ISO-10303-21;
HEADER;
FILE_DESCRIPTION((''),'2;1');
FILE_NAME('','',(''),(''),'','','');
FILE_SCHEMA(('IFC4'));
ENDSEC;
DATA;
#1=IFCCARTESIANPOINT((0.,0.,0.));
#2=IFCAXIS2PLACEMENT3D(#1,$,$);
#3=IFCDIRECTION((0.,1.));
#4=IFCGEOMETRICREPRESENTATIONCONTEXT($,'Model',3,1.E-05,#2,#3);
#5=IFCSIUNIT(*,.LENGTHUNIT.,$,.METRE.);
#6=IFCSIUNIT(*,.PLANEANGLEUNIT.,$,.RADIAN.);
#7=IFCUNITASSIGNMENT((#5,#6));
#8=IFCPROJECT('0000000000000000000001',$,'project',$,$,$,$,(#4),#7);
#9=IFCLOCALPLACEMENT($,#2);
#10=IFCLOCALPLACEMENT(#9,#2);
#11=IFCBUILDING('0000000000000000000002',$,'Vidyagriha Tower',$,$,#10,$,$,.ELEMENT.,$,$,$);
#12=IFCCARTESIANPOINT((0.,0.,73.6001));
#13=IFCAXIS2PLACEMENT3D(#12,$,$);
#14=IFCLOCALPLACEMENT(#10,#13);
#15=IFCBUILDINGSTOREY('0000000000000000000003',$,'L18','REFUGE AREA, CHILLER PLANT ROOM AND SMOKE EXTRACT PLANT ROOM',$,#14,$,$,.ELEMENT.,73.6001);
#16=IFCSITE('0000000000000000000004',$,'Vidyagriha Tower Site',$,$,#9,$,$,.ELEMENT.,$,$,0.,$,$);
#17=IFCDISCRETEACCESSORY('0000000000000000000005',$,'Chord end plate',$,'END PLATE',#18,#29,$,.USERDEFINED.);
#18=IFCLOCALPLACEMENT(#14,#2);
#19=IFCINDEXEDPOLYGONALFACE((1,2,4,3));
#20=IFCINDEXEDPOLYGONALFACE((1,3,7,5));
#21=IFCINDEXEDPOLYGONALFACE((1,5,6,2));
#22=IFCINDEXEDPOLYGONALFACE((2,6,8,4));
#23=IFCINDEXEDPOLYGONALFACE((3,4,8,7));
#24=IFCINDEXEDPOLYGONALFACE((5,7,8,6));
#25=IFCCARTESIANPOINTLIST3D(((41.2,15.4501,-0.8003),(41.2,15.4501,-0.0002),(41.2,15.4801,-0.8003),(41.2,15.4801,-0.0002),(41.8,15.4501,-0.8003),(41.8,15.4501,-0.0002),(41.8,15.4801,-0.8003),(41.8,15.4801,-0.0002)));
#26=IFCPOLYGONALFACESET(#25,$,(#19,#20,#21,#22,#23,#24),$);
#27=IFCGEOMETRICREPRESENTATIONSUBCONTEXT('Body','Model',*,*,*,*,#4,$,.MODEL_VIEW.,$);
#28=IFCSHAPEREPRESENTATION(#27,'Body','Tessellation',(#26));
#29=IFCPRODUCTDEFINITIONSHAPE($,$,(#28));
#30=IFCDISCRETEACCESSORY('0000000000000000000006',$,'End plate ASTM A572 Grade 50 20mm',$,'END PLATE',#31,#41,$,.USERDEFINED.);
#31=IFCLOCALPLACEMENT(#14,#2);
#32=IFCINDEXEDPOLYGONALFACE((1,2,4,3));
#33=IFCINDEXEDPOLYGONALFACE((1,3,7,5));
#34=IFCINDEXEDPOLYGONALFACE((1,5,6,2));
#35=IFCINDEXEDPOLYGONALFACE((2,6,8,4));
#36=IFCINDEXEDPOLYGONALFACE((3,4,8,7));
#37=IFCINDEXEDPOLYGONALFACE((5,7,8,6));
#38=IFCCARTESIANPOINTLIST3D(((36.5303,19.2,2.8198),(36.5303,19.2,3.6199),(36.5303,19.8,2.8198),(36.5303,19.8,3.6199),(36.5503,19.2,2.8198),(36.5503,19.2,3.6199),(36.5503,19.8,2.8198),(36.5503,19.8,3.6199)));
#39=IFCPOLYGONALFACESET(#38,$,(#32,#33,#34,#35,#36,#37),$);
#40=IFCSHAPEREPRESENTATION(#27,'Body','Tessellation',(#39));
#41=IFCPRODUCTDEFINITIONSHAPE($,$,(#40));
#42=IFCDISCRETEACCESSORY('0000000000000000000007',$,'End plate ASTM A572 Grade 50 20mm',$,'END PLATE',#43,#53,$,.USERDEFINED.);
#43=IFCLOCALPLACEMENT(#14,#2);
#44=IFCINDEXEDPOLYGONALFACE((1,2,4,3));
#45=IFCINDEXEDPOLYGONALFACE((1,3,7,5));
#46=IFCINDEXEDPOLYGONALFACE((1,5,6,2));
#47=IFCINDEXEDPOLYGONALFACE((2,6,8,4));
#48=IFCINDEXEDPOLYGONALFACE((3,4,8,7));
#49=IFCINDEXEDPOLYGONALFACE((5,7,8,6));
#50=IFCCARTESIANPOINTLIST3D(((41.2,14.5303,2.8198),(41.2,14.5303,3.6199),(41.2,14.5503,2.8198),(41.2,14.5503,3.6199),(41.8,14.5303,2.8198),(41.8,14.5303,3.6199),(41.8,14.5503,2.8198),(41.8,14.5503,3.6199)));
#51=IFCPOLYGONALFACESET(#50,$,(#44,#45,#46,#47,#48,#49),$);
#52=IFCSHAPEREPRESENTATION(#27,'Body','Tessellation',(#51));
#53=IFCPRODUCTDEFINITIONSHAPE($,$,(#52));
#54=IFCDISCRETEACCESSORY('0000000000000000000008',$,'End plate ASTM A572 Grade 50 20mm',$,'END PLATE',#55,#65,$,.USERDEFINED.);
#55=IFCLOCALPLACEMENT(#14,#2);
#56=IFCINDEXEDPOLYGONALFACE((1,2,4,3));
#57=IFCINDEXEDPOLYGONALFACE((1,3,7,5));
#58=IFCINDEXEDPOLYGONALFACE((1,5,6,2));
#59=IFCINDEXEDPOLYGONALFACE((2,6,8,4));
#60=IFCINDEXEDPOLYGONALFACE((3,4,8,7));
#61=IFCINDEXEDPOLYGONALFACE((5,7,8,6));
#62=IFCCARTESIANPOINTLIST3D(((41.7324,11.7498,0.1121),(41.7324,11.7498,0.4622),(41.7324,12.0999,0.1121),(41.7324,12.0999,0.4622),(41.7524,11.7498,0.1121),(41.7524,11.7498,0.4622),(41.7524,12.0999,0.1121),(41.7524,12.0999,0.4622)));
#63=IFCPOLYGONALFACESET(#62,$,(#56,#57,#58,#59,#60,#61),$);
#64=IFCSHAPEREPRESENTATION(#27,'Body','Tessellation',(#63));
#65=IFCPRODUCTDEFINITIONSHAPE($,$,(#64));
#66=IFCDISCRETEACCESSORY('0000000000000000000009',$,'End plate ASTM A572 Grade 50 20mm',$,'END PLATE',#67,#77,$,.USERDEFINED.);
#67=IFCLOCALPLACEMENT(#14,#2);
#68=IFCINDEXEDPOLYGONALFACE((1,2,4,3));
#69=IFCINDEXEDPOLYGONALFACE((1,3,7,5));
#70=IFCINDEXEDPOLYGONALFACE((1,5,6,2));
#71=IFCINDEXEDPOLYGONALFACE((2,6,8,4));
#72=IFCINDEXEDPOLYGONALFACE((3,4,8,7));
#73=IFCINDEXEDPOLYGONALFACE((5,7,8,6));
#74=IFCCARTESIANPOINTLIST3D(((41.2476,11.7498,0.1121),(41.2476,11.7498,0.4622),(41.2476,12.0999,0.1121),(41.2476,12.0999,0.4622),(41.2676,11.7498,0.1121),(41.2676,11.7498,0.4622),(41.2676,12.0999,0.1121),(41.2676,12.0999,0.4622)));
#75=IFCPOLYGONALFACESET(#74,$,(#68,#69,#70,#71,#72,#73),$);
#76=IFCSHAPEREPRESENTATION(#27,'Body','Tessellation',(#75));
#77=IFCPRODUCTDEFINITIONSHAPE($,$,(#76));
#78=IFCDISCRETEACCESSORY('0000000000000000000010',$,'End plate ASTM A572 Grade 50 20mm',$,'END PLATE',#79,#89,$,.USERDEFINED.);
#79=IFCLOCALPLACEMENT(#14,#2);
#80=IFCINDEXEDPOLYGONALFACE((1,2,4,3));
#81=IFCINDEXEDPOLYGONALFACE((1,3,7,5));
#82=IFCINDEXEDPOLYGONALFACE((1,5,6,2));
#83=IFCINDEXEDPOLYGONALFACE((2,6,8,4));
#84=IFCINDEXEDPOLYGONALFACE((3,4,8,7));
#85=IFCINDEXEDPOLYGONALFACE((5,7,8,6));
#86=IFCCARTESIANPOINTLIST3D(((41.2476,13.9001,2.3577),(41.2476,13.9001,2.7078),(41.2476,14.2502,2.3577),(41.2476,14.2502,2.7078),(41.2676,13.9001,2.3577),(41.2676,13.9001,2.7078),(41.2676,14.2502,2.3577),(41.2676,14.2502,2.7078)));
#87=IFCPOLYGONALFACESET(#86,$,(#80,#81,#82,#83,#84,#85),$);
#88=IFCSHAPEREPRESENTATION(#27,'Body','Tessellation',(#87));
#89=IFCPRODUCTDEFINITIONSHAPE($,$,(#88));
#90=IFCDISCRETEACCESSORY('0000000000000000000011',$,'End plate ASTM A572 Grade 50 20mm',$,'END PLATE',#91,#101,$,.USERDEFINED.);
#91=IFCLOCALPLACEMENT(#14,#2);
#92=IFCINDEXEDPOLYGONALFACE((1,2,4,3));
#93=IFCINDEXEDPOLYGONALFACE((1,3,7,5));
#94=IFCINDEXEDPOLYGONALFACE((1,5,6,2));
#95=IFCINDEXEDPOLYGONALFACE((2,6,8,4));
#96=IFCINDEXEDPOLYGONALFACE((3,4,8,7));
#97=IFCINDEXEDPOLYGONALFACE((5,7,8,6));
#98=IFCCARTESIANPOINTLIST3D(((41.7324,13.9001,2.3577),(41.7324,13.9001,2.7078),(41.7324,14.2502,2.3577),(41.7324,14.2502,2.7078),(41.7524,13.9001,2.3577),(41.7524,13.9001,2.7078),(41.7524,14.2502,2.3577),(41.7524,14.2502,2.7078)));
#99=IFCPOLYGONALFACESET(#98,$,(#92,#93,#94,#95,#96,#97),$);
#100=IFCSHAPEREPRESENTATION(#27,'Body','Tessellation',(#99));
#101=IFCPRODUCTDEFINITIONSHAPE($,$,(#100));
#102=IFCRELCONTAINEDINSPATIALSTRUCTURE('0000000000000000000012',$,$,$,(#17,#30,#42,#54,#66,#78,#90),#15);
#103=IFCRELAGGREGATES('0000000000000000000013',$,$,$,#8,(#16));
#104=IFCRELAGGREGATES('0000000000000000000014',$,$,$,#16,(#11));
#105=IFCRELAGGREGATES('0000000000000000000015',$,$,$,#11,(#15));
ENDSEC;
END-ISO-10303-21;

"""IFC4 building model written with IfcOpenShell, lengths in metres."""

from ifc_helpers import new_model, si_unit, direction, frame, origin, origin_2d, place, context, subcontext, project, spatial, rectangle, extrude, element, save


model = new_model("IFC4")

# Units and contexts
model_context = context("Model", 3, precision=1e-05, world=origin(), true_north=direction((0.0, 1.0)))
body_context = subcontext(model_context, "Body", "Model", "MODEL_VIEW")
ifc_project = project(units=[si_unit("LENGTHUNIT", "METRE"), si_unit("PLANEANGLEUNIT", "RADIAN")], contexts=[model_context])

# Site, building, storey
site_placement = place(None, origin())
site = spatial("IfcSite", under=ifc_project, at=site_placement, Name="Vidyagriha Tower Site", CompositionType="ELEMENT", RefElevation=0.0)
building_placement = place(site_placement, origin())
building = spatial("IfcBuilding", under=site, at=building_placement, Name="Vidyagriha Tower", CompositionType="ELEMENT")
storey_placement = place(building_placement, frame((0.0, 0.0, 73.6001)))
storey = spatial("IfcBuildingStorey", under=building, at=storey_placement, Name="L18", Description="REFUGE AREA, CHILLER PLANT ROOM AND SMOKE EXTRACT PLANT ROOM", CompositionType="ELEMENT", Elevation=73.6001)

# Discrete accessories
discrete_accessory_1_placement = place(storey_placement, frame((41.5, 15.4651, -0.8003), z_axis=(0.0, 0.0, 1.0), x_axis=(0.0, 1.0, 0.0)))
element("IfcDiscreteAccessory", 1, at=discrete_accessory_1_placement, inside=storey, Name="Chord end plate", ObjectType="END PLATE", PredefinedType="USERDEFINED", context=body_context, shape_type="SweptSolid", body=[
    extrude(rectangle(XDim=0.03, YDim=0.6001, at=origin_2d()), origin(), (0.0, 0.0, 1.0), 0.8),
])
discrete_accessory_2_placement = place(storey_placement, frame((36.5403, 19.5, 2.8198)))
element("IfcDiscreteAccessory", 2, at=discrete_accessory_2_placement, inside=storey, Name="End plate ASTM A572 Grade 50 20mm", ObjectType="END PLATE", PredefinedType="USERDEFINED", context=body_context, shape_type="SweptSolid", body=[
    extrude(rectangle(XDim=0.02, YDim=0.6001, at=origin_2d()), origin(), (0.0, 0.0, 1.0), 0.8),
])
discrete_accessory_3_placement = place(storey_placement, frame((41.5, 14.5403, 2.8198), z_axis=(0.0, 0.0, 1.0), x_axis=(0.0, 1.0, 0.0)))
element("IfcDiscreteAccessory", 3, at=discrete_accessory_3_placement, inside=storey, Name="End plate ASTM A572 Grade 50 20mm", ObjectType="END PLATE", PredefinedType="USERDEFINED", context=body_context, shape_type="SweptSolid", body=[
    extrude(rectangle(XDim=0.02, YDim=0.6001, at=origin_2d()), origin(), (0.0, 0.0, 1.0), 0.8),
])
for number, where, z_axis, x_axis, name in (
    (4, (41.7424, 11.9248, 0.1121), (0.0, 0.0, 1.0), (0.0, -1.0, 0.0), "End plate ASTM A572 Grade 50 20mm"),
    (5, (41.2576, 11.9248, 0.1121), (0.0, 0.0, 1.0), (0.0, -1.0, 0.0), "End plate ASTM A572 Grade 50 20mm"),
    (6, (41.2576, 14.0752, 2.3577), (0.0, 0.0, 1.0), (0.0, 1.0, 0.0), "End plate ASTM A572 Grade 50 20mm"),
    (7, (41.7424, 14.0752, 2.3577), (0.0, 0.0, 1.0), (0.0, 1.0, 0.0), "End plate ASTM A572 Grade 50 20mm"),
):
    element("IfcDiscreteAccessory", number, at=place(storey_placement, frame(where, z_axis=z_axis, x_axis=x_axis)), inside=storey, Name=name, ObjectType="END PLATE", PredefinedType="USERDEFINED", context=body_context, shape_type="SweptSolid", body=[
        extrude(rectangle(XDim=0.3501, YDim=0.02, at=origin_2d()), origin(), (0.0, 0.0, 1.0), 0.3501),
    ])

save(model, "model.ifc")
